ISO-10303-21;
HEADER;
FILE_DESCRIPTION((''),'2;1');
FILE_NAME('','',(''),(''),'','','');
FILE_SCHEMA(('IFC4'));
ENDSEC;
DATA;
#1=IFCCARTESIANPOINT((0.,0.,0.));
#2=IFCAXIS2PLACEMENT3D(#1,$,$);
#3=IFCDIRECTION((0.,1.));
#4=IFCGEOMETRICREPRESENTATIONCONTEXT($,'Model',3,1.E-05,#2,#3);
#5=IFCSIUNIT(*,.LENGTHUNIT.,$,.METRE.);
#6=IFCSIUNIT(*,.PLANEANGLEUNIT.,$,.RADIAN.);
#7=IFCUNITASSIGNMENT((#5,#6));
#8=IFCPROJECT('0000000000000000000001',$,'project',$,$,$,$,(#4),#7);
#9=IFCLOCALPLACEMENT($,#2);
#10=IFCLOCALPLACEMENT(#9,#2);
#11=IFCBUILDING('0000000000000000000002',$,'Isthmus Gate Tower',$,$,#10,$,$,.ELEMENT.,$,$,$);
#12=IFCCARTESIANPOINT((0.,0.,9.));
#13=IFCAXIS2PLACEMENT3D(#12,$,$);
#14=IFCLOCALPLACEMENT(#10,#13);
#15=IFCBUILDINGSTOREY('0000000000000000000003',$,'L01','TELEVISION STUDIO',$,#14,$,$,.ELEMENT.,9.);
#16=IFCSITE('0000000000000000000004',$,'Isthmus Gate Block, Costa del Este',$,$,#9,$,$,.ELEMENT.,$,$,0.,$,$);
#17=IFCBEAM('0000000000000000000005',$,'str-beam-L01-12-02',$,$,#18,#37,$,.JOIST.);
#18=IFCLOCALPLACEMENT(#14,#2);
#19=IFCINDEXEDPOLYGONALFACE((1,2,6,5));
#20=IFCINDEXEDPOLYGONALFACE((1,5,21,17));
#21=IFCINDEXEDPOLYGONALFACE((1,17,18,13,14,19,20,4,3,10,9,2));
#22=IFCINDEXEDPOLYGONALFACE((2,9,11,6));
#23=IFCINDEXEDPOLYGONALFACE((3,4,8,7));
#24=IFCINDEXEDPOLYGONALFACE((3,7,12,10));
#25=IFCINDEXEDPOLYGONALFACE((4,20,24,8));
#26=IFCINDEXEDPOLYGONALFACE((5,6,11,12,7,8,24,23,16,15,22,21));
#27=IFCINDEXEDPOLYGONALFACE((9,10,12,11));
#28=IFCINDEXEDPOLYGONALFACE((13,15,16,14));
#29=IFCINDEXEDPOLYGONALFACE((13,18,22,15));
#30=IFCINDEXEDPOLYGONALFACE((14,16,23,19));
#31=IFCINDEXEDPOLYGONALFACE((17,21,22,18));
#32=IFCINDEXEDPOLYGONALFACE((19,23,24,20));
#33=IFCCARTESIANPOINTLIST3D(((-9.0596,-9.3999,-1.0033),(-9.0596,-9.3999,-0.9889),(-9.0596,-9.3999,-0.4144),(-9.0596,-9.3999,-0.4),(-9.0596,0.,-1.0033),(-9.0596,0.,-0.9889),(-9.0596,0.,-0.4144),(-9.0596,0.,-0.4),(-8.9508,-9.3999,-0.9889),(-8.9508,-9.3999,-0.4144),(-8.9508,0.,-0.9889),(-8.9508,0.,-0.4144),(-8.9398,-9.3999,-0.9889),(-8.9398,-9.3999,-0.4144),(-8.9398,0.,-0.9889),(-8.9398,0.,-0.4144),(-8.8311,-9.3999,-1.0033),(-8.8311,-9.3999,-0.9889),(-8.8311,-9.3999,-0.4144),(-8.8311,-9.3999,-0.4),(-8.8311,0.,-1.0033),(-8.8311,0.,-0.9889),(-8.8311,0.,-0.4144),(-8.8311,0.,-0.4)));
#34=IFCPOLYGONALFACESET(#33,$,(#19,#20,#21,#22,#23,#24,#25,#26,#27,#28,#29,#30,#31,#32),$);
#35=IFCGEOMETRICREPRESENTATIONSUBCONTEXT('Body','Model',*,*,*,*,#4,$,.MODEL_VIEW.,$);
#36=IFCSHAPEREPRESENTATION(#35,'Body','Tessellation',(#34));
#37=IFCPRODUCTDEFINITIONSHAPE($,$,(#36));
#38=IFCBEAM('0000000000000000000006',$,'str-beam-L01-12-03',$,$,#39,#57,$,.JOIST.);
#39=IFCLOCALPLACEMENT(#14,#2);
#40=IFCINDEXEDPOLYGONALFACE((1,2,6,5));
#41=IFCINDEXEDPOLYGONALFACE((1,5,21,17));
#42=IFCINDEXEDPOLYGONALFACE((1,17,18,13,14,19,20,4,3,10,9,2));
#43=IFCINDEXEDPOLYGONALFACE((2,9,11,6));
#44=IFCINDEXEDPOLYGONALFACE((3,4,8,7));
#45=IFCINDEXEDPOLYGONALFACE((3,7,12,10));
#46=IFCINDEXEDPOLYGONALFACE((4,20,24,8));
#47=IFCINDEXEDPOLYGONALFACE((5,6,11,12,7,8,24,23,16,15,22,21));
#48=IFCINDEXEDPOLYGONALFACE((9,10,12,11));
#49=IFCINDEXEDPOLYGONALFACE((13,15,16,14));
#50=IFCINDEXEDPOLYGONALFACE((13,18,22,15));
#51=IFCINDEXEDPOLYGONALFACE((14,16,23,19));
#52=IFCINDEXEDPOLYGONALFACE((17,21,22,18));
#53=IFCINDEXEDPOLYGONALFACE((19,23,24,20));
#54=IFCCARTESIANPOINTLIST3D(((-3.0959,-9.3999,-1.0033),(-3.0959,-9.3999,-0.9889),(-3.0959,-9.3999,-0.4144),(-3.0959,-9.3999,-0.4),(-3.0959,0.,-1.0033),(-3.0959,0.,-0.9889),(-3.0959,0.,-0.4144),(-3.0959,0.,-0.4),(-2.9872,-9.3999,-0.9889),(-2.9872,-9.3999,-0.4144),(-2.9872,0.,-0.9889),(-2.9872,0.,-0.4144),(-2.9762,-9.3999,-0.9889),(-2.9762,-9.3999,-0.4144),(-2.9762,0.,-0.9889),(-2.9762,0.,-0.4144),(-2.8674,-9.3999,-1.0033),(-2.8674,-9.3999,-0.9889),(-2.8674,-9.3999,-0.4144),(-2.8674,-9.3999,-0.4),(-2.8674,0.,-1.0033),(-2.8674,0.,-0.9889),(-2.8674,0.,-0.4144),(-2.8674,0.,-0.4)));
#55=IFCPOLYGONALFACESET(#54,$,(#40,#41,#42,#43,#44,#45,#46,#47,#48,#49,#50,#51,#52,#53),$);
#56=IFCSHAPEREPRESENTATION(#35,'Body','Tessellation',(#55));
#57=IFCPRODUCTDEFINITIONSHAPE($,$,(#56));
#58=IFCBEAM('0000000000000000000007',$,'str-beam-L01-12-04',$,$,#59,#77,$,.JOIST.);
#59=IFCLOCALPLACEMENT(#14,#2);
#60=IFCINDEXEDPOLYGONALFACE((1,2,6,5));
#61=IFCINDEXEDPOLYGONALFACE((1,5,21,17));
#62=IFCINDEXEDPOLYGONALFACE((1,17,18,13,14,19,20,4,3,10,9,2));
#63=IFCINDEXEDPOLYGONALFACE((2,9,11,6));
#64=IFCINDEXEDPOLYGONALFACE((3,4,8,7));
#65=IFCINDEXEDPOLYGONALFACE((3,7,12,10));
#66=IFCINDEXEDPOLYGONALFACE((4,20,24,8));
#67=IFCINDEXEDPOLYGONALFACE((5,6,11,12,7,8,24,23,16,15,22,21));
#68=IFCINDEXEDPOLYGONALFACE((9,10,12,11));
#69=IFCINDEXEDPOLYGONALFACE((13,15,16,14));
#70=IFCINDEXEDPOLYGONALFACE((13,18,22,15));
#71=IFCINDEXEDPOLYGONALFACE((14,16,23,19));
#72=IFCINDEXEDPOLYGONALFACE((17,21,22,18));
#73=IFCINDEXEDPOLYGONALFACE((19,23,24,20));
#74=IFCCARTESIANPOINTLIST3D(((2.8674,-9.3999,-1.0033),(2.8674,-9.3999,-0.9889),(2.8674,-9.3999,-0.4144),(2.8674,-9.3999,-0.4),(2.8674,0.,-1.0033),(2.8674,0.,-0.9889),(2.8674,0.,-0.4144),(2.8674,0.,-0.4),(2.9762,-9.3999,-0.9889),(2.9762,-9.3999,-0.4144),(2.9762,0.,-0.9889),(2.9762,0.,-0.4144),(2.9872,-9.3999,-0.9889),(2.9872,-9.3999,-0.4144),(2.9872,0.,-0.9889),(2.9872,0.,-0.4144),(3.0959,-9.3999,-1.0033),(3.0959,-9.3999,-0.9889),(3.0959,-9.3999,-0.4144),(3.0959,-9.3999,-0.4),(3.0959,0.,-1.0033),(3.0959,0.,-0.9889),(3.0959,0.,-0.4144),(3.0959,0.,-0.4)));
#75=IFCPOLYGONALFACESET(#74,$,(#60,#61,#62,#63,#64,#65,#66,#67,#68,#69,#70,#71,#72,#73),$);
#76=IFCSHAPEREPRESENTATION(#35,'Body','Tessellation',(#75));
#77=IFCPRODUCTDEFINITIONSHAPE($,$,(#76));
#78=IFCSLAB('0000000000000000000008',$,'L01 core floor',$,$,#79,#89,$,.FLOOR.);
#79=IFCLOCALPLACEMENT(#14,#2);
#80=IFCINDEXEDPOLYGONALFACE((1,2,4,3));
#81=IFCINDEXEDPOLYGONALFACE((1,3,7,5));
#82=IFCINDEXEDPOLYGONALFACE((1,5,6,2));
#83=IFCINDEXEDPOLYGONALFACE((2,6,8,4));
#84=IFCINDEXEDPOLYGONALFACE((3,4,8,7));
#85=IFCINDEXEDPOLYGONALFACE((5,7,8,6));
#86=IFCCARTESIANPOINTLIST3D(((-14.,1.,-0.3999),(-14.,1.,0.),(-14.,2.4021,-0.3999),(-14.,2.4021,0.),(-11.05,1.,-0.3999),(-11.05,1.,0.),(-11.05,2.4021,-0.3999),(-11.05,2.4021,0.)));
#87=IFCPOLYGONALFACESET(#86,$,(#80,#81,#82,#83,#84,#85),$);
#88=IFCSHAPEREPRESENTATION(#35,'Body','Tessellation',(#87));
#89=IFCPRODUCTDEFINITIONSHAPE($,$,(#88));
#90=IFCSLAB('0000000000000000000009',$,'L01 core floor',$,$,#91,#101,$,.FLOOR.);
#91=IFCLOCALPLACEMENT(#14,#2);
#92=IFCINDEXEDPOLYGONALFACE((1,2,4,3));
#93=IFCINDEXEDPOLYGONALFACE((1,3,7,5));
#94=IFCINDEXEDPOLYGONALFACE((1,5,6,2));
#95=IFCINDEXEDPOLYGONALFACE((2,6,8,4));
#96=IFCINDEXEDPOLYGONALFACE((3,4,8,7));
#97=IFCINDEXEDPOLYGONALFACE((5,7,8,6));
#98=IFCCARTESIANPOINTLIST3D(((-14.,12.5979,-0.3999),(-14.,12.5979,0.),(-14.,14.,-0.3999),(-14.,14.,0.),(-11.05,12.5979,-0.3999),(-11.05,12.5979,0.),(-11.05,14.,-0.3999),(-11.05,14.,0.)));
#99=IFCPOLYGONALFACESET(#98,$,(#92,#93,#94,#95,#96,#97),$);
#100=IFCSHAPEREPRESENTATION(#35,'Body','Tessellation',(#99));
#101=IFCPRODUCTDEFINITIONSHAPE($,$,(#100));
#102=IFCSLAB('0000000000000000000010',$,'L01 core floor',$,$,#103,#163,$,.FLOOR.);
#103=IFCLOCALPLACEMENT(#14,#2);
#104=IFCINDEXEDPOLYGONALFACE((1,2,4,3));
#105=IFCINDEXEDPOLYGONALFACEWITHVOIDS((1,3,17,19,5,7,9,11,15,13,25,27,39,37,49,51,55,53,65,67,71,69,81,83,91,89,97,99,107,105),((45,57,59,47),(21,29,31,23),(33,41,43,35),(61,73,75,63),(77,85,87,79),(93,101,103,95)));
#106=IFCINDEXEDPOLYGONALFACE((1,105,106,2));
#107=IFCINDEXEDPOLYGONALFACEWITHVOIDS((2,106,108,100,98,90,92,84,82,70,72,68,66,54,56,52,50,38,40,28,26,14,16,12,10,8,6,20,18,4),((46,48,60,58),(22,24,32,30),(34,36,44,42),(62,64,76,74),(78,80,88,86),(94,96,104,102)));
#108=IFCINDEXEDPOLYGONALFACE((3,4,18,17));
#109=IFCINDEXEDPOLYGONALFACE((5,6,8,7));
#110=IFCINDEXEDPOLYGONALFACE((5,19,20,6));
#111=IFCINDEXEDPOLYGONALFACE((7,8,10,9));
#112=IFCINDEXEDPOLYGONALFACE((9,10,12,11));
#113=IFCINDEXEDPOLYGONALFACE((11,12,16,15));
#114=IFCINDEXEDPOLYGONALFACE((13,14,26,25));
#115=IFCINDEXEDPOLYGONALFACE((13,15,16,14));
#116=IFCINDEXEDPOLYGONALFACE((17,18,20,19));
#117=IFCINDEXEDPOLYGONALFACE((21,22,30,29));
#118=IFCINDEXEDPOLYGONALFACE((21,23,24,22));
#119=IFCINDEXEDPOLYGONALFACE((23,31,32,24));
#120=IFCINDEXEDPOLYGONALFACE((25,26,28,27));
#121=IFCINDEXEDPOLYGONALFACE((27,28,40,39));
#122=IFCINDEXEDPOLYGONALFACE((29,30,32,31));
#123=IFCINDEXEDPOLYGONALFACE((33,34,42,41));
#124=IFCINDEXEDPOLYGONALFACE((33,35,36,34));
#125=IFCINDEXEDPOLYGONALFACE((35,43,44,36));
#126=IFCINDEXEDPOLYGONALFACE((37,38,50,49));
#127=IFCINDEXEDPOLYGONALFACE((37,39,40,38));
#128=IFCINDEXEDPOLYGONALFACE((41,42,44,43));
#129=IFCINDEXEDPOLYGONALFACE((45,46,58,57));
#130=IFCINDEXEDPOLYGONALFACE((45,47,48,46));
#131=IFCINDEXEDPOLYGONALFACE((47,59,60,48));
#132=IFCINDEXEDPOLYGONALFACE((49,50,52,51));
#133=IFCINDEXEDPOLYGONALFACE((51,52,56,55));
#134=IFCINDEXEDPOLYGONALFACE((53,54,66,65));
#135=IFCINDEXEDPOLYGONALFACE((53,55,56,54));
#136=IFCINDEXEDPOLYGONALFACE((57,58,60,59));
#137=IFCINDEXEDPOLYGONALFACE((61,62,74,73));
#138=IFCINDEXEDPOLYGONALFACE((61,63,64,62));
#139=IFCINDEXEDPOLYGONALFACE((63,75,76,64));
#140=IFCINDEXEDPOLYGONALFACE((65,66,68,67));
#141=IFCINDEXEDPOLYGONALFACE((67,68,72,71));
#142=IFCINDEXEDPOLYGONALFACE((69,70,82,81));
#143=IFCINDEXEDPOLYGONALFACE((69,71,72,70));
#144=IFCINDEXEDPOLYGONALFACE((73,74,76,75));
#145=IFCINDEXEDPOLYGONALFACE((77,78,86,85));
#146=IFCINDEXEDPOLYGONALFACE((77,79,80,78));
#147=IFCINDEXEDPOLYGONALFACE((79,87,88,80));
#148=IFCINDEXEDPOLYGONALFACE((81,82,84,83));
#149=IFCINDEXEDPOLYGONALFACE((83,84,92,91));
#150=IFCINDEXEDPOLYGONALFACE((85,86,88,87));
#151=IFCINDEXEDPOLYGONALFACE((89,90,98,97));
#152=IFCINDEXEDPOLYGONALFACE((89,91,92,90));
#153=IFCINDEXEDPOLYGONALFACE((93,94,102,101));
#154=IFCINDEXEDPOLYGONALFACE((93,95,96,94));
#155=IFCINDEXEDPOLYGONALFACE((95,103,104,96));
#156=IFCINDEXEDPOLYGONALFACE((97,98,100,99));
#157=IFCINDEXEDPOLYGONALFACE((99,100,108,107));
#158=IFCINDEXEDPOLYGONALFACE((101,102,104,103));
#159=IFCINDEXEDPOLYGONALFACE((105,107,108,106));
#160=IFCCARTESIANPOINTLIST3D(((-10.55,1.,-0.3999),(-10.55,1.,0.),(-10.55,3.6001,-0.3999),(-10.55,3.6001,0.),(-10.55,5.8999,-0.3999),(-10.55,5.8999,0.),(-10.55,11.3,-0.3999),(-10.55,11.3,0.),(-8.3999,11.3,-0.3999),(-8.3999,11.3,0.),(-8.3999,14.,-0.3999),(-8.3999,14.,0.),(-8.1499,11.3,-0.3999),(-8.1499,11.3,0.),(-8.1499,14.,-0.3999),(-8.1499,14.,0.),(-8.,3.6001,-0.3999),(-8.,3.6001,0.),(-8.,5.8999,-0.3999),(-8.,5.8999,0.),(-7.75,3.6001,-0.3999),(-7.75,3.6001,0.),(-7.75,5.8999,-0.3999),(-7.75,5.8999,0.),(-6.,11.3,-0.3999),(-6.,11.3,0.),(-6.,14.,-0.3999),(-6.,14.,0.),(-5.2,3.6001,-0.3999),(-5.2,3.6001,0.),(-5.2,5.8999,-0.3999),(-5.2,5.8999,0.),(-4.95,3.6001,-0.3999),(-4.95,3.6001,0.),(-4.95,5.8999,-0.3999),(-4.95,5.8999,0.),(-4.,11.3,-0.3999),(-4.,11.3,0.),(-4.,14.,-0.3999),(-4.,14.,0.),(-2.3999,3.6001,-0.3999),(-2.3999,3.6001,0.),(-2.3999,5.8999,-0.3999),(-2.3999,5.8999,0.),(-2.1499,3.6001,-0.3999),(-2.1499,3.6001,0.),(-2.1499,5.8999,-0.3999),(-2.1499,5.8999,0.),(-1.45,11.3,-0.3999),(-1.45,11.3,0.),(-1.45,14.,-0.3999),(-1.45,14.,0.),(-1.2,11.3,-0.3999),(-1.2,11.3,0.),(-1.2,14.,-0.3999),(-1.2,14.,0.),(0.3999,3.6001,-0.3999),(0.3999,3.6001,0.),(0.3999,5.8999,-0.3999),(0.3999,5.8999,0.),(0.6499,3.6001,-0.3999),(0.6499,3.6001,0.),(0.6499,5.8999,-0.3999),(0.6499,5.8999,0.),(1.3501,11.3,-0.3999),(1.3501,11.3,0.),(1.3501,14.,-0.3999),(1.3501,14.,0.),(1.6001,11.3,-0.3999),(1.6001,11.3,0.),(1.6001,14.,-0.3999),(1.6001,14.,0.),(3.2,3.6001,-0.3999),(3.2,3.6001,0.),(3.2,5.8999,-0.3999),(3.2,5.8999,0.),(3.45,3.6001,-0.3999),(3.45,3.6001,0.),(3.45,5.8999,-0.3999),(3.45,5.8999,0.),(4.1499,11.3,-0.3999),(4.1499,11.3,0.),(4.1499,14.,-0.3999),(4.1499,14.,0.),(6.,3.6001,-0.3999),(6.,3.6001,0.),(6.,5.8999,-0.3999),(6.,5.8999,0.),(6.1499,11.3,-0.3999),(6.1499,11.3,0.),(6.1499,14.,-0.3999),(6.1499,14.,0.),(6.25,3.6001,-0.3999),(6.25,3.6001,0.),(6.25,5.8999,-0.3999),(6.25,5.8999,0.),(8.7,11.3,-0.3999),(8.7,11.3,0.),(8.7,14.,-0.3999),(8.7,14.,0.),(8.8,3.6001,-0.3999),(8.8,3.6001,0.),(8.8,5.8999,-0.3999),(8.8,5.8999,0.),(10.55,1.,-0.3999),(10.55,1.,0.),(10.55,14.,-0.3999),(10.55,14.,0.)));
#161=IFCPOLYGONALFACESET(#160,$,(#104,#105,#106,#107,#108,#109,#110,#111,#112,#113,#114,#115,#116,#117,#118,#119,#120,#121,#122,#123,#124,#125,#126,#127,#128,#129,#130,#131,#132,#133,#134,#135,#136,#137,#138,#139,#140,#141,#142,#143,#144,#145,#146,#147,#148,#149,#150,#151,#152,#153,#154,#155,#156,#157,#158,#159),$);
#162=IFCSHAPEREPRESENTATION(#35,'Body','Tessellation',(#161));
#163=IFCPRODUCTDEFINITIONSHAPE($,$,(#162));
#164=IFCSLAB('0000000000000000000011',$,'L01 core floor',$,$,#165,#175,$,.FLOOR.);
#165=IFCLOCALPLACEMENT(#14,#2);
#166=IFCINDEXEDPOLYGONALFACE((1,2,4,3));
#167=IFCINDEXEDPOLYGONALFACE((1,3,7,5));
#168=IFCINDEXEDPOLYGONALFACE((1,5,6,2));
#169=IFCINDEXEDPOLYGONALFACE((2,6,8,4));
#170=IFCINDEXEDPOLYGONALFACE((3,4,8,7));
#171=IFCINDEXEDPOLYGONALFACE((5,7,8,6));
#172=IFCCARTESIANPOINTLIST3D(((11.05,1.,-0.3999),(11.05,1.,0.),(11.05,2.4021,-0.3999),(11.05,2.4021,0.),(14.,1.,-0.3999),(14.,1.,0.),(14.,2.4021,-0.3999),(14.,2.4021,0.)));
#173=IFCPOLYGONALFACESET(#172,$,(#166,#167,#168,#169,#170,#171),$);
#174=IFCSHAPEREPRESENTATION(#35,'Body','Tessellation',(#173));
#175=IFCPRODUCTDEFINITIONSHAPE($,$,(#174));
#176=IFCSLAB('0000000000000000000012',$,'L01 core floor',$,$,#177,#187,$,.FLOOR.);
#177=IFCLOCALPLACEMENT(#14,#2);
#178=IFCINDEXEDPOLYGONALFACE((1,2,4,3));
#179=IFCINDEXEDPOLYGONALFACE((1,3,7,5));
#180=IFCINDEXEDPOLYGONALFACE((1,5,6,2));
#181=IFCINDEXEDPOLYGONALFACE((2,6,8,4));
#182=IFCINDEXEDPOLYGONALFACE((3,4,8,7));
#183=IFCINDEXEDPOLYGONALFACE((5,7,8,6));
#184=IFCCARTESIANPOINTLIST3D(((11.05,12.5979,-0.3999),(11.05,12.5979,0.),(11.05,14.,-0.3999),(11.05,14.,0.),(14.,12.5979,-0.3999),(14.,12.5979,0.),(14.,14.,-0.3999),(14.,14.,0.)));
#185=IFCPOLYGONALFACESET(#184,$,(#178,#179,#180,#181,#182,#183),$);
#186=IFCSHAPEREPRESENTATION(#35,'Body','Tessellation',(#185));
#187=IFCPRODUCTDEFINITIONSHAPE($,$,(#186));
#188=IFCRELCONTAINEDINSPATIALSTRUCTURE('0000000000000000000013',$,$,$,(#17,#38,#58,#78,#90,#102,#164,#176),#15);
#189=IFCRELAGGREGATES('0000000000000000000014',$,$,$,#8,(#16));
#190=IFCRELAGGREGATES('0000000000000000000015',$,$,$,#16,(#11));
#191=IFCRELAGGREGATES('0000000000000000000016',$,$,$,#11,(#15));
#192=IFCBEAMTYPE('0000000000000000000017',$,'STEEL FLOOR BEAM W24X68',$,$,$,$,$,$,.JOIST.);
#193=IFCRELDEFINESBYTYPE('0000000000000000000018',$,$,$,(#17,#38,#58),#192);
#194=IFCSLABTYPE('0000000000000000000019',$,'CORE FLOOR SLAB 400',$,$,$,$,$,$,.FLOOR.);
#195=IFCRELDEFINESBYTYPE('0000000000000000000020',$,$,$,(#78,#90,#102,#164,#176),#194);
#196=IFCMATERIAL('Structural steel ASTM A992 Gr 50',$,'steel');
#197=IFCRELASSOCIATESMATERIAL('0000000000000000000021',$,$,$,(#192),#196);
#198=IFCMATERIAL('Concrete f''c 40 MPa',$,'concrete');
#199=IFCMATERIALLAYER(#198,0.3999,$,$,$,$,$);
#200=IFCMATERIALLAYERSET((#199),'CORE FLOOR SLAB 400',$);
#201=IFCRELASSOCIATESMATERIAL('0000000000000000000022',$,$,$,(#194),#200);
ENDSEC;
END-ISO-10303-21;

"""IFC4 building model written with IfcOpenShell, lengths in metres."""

from ifc_helpers import new_model, si_unit, direction, frame, origin, origin_2d, place, context, subcontext, project, spatial, polyline, i_section, outline, extrude, material, layer, layer_set, material_profile, profile_set, type_object, element, save


model = new_model("IFC4")

# Units and contexts
model_context = context("Model", 3, precision=1e-05, world=origin(), true_north=direction((0.0, 1.0)))
body_context = subcontext(model_context, "Body", "Model", "MODEL_VIEW")
ifc_project = project(units=[si_unit("LENGTHUNIT", "METRE"), si_unit("PLANEANGLEUNIT", "RADIAN")], contexts=[model_context])

# Site, building, storey
site_placement = place(None, origin())
site = spatial("IfcSite", under=ifc_project, at=site_placement, Name="Isthmus Gate Block, Costa del Este", CompositionType="ELEMENT", RefElevation=0.0)
building_placement = place(site_placement, origin())
building = spatial("IfcBuilding", under=site, at=building_placement, Name="Isthmus Gate Tower", CompositionType="ELEMENT")
storey_placement = place(building_placement, frame((0.0, 0.0, 9.0)))
storey = spatial("IfcBuildingStorey", under=building, at=storey_placement, Name="L01", Description="TELEVISION STUDIO", CompositionType="ELEMENT", Elevation=9.0)

# Beams
ifc_material_1 = material(Name="Structural steel ASTM A992 Gr 50", Category="steel")
ifc_material_profile = material_profile(ifc_material_1, i_section(OverallWidth=0.2285, OverallDepth=0.6033, WebThickness=0.011, FlangeThickness=0.0144, at=origin_2d()), Name="W24X68")
ifc_profile_set = profile_set([ifc_material_profile], Name="Structural steel ASTM A992 Gr 50")
beam_type = type_object("IfcBeamType", Name="STEEL FLOOR BEAM W24X68", PredefinedType="JOIST", material=ifc_profile_set)
for number, where, z_axis, x_axis, name in (
    (1, (-8.9453, -9.3999, -0.7017), (0.0, 1.0, 0.0), (-1.0, 0.0, 0.0), "str-beam-L01-12-02"),
    (2, (-2.9817, -9.3999, -0.7017), (0.0, 1.0, 0.0), (-1.0, 0.0, 0.0), "str-beam-L01-12-03"),
    (3, (2.9817, -9.3999, -0.7017), (0.0, 1.0, 0.0), (-1.0, 0.0, 0.0), "str-beam-L01-12-04"),
):
    element("IfcBeam", number, at=place(storey_placement, frame(where, z_axis=z_axis, x_axis=x_axis)), inside=storey, type_object=beam_type, Name=name, PredefinedType="JOIST", context=body_context, shape_type="SweptSolid", body=[
        extrude(i_section(OverallWidth=0.2285, OverallDepth=0.6033, WebThickness=0.011, FlangeThickness=0.0144, at=origin_2d()), origin(), (0.0, 0.0, 1.0), 9.3999),
    ])

# Slabs
ifc_material_2 = material(Name="Concrete f'c 40 MPa", Category="concrete")
ifc_layer_1 = layer(ifc_material_2, 0.3999)
ifc_layer_set_1 = layer_set([ifc_layer_1], Name="CORE FLOOR SLAB 400")
slab_type_1 = type_object("IfcSlabType", Name="CORE FLOOR SLAB 400", PredefinedType="FLOOR", material=ifc_layer_set_1)
slab_1_placement = place(storey_placement, frame((0.0, 0.0, -0.3999)))
element("IfcSlab", 4, at=slab_1_placement, inside=storey, type_object=slab_type_1, Name="L01 core floor", PredefinedType="FLOOR", context=body_context, shape_type="SweptSolid", body=[
    extrude(outline(polyline([(-11.05, 1.0), (-11.05, 2.4021), (-14.0, 2.4021), (-14.0, 1.0), (-11.05, 1.0)])), origin(), (0.0, 0.0, 1.0), 0.3999),
])
slab_2_placement = place(storey_placement, frame((0.0, 0.0, -0.3999)))
element("IfcSlab", 5, at=slab_2_placement, inside=storey, type_object=slab_type_1, Name="L01 core floor", PredefinedType="FLOOR", context=body_context, shape_type="SweptSolid", body=[
    extrude(outline(polyline([(-14.0, 14.0), (-14.0, 12.5979), (-11.05, 12.5979), (-11.05, 14.0), (-14.0, 14.0)])), origin(), (0.0, 0.0, 1.0), 0.3999),
])
slab_3_placement = place(storey_placement, frame((0.0, 0.0, -0.3999)))
element("IfcSlab", 6, at=slab_3_placement, inside=storey, type_object=slab_type_1, Name="L01 core floor", PredefinedType="FLOOR", context=body_context, shape_type="SweptSolid", body=[
    extrude(outline(polyline([(10.55, 14.0), (8.7, 14.0), (8.7, 11.3), (6.1499, 11.3), (6.1499, 14.0), (4.1499, 14.0), (4.1499, 11.3), (1.6001, 11.3), (1.6001, 14.0), (1.3501, 14.0), (1.3501, 11.3), (-1.2, 11.3), (-1.2, 14.0), (-1.45, 14.0), (-1.45, 11.3), (-4.0, 11.3), (-4.0, 14.0), (-6.0, 14.0), (-6.0, 11.3), (-8.1499, 11.3), (-8.1499, 14.0), (-8.3999, 14.0), (-8.3999, 11.3), (-10.55, 11.3), (-10.55, 5.8999), (-8.0, 5.8999), (-8.0, 3.6001), (-10.55, 3.6001), (-10.55, 1.0), (10.55, 1.0), (10.55, 14.0)]), holes=[polyline([(-5.2, 5.8999), (-5.2, 3.6001), (-7.75, 3.6001), (-7.75, 5.8999), (-5.2, 5.8999)]), polyline([(-2.3999, 5.8999), (-2.3999, 3.6001), (-4.95, 3.6001), (-4.95, 5.8999), (-2.3999, 5.8999)]), polyline([(0.3999, 5.8999), (0.3999, 3.6001), (-2.1499, 3.6001), (-2.1499, 5.8999), (0.3999, 5.8999)]), polyline([(3.2, 5.8999), (3.2, 3.6001), (0.6499, 3.6001), (0.6499, 5.8999), (3.2, 5.8999)]), polyline([(6.0, 5.8999), (6.0, 3.6001), (3.45, 3.6001), (3.45, 5.8999), (6.0, 5.8999)]), polyline([(8.8, 5.8999), (8.8, 3.6001), (6.25, 3.6001), (6.25, 5.8999), (8.8, 5.8999)])]), origin(), (0.0, 0.0, 1.0), 0.3999),
])
slab_4_placement = place(storey_placement, frame((0.0, 0.0, -0.3999)))
element("IfcSlab", 7, at=slab_4_placement, inside=storey, type_object=slab_type_1, Name="L01 core floor", PredefinedType="FLOOR", context=body_context, shape_type="SweptSolid", body=[
    extrude(outline(polyline([(14.0, 1.0), (14.0, 2.4021), (11.05, 2.4021), (11.05, 1.0), (14.0, 1.0)])), origin(), (0.0, 0.0, 1.0), 0.3999),
])
slab_5_placement = place(storey_placement, frame((0.0, 0.0, -0.3999)))
element("IfcSlab", 8, at=slab_5_placement, inside=storey, type_object=slab_type_1, Name="L01 core floor", PredefinedType="FLOOR", context=body_context, shape_type="SweptSolid", body=[
    extrude(outline(polyline([(11.05, 14.0), (11.05, 12.5979), (14.0, 12.5979), (14.0, 14.0), (11.05, 14.0)])), origin(), (0.0, 0.0, 1.0), 0.3999),
])

save(model, "model.ifc")
